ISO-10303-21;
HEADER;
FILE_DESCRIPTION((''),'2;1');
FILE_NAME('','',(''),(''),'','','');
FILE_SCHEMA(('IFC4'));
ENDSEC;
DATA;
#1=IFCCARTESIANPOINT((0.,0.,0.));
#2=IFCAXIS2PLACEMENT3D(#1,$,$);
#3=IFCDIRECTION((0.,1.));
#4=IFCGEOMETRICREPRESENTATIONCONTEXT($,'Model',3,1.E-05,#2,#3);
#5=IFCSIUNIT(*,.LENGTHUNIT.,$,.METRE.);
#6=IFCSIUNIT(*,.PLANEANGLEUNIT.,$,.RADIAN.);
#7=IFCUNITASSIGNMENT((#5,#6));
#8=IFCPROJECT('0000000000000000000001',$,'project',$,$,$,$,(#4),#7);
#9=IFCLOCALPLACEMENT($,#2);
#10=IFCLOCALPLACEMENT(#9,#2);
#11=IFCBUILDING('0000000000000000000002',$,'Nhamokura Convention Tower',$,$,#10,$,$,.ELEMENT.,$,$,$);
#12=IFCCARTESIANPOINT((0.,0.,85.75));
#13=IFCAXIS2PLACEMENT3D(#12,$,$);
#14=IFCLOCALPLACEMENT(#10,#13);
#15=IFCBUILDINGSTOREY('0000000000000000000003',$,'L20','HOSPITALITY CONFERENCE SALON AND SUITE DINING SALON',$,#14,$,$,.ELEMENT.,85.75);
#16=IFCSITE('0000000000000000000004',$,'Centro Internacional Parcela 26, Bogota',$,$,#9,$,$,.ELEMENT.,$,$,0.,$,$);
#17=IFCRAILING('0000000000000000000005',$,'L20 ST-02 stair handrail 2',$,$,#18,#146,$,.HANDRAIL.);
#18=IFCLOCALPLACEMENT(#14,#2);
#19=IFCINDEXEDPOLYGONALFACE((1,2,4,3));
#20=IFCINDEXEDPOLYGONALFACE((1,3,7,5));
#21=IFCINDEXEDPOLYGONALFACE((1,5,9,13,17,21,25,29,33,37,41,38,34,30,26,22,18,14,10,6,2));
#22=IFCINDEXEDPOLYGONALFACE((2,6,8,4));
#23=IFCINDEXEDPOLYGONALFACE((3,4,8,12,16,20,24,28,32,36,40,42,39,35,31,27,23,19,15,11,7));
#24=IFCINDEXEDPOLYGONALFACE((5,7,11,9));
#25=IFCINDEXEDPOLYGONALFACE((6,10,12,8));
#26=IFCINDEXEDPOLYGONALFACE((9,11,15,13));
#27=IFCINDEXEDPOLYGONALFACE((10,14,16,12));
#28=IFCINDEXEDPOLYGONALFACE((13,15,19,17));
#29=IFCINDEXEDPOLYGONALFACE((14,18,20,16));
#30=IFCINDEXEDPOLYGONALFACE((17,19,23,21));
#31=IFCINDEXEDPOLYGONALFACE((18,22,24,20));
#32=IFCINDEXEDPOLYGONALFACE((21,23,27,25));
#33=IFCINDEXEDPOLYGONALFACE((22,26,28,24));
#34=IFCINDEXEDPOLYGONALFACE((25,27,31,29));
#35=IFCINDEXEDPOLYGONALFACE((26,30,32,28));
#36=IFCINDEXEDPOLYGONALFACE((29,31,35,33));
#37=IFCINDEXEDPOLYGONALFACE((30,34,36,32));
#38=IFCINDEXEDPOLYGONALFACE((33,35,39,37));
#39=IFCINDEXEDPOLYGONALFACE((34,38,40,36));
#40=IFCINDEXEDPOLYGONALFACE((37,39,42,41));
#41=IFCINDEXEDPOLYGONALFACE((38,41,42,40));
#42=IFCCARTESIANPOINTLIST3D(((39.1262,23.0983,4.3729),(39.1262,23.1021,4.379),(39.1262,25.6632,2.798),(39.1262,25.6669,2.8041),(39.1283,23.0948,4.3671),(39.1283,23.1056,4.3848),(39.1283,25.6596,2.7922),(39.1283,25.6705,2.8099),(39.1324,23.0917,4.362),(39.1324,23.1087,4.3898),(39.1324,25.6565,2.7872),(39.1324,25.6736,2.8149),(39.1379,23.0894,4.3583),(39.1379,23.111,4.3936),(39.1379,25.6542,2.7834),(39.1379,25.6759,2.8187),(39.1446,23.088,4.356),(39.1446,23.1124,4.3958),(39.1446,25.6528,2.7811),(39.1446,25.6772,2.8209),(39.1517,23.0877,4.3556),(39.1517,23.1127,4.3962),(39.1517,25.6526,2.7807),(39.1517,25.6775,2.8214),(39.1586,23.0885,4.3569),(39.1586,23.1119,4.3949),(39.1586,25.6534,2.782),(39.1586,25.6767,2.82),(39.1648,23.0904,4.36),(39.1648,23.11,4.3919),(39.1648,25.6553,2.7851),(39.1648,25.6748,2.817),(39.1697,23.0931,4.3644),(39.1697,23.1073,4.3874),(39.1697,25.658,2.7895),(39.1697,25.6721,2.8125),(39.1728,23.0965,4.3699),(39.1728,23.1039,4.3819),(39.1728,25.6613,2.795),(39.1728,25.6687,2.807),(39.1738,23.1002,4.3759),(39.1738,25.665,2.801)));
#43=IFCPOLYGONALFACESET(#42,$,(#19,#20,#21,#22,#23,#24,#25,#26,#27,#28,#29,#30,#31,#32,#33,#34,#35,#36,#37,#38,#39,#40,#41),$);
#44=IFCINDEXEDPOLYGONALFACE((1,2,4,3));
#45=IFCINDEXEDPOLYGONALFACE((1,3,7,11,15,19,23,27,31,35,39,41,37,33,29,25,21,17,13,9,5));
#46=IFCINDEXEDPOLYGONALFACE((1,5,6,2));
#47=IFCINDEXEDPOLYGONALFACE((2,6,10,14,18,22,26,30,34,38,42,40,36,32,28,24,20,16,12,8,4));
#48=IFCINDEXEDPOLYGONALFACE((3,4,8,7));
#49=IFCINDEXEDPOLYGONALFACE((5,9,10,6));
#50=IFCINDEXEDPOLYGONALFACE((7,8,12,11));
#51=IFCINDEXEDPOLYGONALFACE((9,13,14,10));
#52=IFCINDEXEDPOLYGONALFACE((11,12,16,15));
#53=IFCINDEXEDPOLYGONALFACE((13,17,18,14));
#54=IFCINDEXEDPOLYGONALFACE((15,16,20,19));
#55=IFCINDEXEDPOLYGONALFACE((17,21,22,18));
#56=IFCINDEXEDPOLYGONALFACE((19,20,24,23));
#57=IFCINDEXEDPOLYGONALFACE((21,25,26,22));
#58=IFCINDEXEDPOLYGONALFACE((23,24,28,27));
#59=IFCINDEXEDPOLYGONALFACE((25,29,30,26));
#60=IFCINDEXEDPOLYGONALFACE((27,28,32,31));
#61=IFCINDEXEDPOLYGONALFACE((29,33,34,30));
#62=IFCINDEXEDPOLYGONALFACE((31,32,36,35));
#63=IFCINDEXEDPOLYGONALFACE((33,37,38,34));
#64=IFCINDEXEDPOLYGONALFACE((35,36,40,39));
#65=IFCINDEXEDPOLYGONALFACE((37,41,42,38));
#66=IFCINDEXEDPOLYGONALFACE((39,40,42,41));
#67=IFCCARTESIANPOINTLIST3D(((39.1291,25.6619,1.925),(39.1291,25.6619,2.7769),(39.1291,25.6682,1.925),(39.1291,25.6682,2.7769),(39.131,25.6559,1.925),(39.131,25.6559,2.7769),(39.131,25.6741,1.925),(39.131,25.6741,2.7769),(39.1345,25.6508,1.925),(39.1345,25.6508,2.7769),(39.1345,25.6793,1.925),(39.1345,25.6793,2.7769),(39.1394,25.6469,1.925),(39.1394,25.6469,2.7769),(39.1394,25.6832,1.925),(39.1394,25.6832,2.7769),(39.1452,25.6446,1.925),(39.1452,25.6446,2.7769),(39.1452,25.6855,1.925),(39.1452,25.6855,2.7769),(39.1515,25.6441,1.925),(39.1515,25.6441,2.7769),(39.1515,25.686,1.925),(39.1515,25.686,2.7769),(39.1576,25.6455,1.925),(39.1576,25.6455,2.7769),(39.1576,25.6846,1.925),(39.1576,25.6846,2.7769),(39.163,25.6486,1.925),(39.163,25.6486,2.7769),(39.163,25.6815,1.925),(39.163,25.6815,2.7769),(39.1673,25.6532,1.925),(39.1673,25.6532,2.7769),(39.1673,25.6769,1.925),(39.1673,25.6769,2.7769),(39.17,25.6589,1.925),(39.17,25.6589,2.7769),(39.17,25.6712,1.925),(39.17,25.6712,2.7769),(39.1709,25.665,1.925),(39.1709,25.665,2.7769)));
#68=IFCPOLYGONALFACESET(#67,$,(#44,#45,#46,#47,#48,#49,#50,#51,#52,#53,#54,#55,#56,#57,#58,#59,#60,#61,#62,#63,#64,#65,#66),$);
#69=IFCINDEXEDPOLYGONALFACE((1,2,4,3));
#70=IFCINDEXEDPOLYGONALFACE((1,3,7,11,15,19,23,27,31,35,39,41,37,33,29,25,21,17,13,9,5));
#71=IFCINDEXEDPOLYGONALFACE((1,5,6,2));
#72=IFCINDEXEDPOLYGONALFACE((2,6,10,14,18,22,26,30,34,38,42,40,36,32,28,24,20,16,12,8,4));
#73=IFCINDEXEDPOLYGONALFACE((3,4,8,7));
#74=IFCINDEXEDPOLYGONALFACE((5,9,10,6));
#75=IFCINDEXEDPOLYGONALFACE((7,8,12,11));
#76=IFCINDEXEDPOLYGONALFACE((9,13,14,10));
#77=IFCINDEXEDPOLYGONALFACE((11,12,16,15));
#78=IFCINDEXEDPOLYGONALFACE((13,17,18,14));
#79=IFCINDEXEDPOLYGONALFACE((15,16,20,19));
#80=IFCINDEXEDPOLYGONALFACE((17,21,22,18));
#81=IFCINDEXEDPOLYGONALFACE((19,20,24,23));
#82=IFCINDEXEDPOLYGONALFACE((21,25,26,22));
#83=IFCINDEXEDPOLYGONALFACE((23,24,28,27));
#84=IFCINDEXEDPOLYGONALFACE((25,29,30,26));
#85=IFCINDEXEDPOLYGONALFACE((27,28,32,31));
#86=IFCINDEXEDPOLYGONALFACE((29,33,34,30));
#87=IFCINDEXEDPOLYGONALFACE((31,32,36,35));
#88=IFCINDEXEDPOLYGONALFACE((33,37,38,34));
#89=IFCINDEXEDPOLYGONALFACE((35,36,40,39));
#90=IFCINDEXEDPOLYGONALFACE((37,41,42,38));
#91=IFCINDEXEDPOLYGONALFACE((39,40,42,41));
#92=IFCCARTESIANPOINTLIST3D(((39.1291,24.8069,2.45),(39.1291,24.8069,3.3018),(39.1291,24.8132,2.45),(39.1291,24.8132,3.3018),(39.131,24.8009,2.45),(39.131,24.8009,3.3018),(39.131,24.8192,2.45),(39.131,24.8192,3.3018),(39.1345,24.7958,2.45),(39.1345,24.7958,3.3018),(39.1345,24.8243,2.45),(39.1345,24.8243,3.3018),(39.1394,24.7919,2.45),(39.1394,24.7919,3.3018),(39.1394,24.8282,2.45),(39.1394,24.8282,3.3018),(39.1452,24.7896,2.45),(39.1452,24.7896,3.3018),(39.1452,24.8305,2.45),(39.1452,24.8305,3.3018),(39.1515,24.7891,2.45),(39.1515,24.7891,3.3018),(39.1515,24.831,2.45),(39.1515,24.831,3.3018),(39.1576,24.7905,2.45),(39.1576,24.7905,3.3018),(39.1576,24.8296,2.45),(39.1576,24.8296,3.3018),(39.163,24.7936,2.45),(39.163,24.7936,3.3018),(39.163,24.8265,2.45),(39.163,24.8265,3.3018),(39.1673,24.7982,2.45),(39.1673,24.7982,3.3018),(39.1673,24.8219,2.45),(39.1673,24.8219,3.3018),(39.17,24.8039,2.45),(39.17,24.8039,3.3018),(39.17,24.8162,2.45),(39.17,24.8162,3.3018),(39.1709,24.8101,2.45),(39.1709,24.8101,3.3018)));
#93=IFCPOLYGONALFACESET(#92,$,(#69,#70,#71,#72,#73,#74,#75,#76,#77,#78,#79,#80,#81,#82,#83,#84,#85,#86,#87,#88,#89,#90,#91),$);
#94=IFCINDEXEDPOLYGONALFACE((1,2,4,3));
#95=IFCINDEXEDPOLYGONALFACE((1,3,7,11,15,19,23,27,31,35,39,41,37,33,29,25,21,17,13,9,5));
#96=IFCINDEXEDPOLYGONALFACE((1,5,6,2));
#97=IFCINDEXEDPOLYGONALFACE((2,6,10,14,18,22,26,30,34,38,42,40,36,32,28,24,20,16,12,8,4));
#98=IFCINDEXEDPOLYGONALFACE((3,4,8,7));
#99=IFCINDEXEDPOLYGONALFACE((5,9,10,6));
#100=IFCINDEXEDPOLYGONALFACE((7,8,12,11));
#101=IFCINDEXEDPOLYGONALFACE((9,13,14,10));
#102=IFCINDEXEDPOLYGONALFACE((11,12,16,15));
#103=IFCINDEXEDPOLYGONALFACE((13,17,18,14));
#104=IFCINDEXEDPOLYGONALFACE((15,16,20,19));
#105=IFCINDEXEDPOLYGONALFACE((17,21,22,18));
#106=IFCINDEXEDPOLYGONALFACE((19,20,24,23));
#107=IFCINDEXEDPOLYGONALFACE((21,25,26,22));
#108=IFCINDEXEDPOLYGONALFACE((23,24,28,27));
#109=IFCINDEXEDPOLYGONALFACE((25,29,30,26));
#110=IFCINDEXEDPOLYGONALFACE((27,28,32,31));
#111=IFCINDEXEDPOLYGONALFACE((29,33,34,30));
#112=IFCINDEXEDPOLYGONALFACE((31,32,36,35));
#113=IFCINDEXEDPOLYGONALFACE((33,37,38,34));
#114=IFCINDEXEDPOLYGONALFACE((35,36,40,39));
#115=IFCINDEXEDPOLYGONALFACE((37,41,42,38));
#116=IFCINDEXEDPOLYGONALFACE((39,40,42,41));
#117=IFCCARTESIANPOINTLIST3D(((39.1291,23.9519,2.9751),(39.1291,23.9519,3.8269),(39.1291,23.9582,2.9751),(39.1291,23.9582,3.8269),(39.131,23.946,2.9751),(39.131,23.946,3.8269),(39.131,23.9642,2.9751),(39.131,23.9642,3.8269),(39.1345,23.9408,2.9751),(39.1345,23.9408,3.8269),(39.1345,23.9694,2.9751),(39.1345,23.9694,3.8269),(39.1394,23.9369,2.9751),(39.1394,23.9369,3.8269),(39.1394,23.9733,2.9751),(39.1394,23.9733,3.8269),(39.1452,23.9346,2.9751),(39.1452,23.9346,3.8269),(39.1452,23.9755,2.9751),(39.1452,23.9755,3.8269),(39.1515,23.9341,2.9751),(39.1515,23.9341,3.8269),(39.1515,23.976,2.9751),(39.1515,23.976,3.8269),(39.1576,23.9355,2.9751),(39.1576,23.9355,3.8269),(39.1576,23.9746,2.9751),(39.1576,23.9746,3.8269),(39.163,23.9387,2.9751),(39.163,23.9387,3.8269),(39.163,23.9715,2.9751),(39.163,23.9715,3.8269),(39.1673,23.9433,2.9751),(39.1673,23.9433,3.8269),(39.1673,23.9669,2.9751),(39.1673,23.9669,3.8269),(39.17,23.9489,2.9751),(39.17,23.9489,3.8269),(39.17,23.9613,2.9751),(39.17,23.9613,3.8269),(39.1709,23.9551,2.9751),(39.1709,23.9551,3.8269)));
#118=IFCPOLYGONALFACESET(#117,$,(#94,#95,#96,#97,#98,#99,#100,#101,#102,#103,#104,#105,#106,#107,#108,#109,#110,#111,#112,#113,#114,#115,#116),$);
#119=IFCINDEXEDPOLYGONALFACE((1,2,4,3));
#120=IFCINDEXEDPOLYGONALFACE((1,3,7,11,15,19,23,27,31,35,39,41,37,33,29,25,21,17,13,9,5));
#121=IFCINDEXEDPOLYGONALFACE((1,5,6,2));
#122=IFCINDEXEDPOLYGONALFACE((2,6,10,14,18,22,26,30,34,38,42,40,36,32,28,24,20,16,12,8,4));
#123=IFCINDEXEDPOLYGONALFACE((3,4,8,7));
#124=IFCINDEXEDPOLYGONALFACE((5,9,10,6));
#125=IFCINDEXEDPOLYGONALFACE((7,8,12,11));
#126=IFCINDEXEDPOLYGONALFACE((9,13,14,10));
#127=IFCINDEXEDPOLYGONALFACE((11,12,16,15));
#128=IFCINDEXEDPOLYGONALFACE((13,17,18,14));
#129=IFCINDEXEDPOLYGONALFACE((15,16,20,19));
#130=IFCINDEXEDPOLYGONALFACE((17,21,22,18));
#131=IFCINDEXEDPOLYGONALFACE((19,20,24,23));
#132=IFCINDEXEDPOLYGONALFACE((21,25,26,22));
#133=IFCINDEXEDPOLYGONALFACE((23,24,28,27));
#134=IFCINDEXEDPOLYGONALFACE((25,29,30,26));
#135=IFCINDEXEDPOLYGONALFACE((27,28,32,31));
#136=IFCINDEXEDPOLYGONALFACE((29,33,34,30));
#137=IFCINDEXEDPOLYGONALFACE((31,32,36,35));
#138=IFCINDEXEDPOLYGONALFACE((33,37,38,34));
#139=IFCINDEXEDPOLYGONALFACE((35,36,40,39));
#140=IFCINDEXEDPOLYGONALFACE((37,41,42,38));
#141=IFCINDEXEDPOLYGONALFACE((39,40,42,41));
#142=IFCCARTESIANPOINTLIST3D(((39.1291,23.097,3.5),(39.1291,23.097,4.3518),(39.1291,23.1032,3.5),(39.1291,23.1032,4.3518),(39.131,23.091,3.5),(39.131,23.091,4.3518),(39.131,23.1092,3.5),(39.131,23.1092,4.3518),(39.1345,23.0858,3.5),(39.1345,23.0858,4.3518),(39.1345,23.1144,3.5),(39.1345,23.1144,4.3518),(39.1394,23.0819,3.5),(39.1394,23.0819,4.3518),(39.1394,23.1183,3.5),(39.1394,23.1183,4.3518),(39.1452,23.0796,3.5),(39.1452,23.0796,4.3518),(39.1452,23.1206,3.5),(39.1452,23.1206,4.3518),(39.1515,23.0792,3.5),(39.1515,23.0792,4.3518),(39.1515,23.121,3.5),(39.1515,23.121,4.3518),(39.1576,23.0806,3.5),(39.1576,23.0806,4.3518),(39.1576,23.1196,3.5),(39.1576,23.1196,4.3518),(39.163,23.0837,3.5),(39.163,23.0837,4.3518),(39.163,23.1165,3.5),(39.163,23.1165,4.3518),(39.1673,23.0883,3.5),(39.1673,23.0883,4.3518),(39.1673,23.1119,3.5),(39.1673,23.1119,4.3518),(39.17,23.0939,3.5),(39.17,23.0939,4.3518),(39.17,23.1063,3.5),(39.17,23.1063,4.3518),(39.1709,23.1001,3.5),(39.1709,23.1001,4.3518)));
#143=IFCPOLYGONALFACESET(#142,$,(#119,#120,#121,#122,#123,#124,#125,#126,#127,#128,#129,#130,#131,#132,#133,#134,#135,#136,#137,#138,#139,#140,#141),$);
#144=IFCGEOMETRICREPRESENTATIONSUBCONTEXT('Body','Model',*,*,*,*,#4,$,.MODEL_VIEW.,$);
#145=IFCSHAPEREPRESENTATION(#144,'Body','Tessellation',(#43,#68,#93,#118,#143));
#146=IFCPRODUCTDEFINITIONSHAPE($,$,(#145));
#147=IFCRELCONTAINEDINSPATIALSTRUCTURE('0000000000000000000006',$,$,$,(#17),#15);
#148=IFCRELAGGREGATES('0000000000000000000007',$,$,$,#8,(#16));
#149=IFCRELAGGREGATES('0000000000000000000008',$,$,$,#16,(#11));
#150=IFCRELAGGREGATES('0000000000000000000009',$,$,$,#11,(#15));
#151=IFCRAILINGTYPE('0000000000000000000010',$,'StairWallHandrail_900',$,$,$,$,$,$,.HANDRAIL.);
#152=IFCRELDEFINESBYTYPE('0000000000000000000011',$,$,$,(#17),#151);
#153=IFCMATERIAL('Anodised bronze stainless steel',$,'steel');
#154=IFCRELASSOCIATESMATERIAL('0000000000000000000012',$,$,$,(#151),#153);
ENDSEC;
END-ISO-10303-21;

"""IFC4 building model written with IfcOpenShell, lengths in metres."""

from ifc_helpers import new_model, si_unit, direction, frame, origin, origin_2d, place, context, subcontext, project, spatial, circle, extrude, material, type_object, element, save


model = new_model("IFC4")

# Units and contexts
model_context = context("Model", 3, precision=1e-05, world=origin(), true_north=direction((0.0, 1.0)))
body_context = subcontext(model_context, "Body", "Model", "MODEL_VIEW")
ifc_project = project(units=[si_unit("LENGTHUNIT", "METRE"), si_unit("PLANEANGLEUNIT", "RADIAN")], contexts=[model_context])

# Site, building, storey
site_placement = place(None, origin())
site = spatial("IfcSite", under=ifc_project, at=site_placement, Name="Centro Internacional Parcela 26, Bogota", CompositionType="ELEMENT", RefElevation=0.0)
building_placement = place(site_placement, origin())
building = spatial("IfcBuilding", under=site, at=building_placement, Name="Nhamokura Convention Tower", CompositionType="ELEMENT")
storey_placement = place(building_placement, frame((0.0, 0.0, 85.75)))
storey = spatial("IfcBuildingStorey", under=building, at=storey_placement, Name="L20", Description="HOSPITALITY CONFERENCE SALON AND SUITE DINING SALON", CompositionType="ELEMENT", Elevation=85.75)

# Railing
ifc_material_1 = material(Name="Anodised bronze stainless steel", Category="steel")
railing_type_1 = type_object("IfcRailingType", Name="StairWallHandrail_900", PredefinedType="HANDRAIL", material=ifc_material_1)
railing_1_placement = place(storey_placement, frame((39.1499, 25.665, 1.925)))
element("IfcRailing", 1, at=railing_1_placement, inside=storey, type_object=railing_type_1, Name="L20 ST-02 stair handrail 2", PredefinedType="HANDRAIL", context=body_context, shape_type="SweptSolid", body=[
    extrude(circle(Radius=0.0239, at=origin_2d()), frame((0.0, 0.0, 0.876), z_axis=(0.0, -0.852173, 0.52326), x_axis=(1.0, 0.0, 0.0)), (0.0, 0.0, 1.0), 3.0098),
    extrude(circle(Radius=0.021, at=origin_2d()), origin(), (0.0, 0.0, 1.0), 0.8518),
    extrude(circle(Radius=0.021, at=origin_2d()), frame((0.0, -0.855, 0.5249)), (0.0, 0.0, 1.0), 0.8518),
    extrude(circle(Radius=0.021, at=origin_2d()), frame((0.0, -1.71, 1.05)), (0.0, 0.0, 1.0), 0.8518),
    extrude(circle(Radius=0.021, at=origin_2d()), frame((0.0, -2.5649, 1.575)), (0.0, 0.0, 1.0), 0.8518),
])

save(model, "model.ifc")
